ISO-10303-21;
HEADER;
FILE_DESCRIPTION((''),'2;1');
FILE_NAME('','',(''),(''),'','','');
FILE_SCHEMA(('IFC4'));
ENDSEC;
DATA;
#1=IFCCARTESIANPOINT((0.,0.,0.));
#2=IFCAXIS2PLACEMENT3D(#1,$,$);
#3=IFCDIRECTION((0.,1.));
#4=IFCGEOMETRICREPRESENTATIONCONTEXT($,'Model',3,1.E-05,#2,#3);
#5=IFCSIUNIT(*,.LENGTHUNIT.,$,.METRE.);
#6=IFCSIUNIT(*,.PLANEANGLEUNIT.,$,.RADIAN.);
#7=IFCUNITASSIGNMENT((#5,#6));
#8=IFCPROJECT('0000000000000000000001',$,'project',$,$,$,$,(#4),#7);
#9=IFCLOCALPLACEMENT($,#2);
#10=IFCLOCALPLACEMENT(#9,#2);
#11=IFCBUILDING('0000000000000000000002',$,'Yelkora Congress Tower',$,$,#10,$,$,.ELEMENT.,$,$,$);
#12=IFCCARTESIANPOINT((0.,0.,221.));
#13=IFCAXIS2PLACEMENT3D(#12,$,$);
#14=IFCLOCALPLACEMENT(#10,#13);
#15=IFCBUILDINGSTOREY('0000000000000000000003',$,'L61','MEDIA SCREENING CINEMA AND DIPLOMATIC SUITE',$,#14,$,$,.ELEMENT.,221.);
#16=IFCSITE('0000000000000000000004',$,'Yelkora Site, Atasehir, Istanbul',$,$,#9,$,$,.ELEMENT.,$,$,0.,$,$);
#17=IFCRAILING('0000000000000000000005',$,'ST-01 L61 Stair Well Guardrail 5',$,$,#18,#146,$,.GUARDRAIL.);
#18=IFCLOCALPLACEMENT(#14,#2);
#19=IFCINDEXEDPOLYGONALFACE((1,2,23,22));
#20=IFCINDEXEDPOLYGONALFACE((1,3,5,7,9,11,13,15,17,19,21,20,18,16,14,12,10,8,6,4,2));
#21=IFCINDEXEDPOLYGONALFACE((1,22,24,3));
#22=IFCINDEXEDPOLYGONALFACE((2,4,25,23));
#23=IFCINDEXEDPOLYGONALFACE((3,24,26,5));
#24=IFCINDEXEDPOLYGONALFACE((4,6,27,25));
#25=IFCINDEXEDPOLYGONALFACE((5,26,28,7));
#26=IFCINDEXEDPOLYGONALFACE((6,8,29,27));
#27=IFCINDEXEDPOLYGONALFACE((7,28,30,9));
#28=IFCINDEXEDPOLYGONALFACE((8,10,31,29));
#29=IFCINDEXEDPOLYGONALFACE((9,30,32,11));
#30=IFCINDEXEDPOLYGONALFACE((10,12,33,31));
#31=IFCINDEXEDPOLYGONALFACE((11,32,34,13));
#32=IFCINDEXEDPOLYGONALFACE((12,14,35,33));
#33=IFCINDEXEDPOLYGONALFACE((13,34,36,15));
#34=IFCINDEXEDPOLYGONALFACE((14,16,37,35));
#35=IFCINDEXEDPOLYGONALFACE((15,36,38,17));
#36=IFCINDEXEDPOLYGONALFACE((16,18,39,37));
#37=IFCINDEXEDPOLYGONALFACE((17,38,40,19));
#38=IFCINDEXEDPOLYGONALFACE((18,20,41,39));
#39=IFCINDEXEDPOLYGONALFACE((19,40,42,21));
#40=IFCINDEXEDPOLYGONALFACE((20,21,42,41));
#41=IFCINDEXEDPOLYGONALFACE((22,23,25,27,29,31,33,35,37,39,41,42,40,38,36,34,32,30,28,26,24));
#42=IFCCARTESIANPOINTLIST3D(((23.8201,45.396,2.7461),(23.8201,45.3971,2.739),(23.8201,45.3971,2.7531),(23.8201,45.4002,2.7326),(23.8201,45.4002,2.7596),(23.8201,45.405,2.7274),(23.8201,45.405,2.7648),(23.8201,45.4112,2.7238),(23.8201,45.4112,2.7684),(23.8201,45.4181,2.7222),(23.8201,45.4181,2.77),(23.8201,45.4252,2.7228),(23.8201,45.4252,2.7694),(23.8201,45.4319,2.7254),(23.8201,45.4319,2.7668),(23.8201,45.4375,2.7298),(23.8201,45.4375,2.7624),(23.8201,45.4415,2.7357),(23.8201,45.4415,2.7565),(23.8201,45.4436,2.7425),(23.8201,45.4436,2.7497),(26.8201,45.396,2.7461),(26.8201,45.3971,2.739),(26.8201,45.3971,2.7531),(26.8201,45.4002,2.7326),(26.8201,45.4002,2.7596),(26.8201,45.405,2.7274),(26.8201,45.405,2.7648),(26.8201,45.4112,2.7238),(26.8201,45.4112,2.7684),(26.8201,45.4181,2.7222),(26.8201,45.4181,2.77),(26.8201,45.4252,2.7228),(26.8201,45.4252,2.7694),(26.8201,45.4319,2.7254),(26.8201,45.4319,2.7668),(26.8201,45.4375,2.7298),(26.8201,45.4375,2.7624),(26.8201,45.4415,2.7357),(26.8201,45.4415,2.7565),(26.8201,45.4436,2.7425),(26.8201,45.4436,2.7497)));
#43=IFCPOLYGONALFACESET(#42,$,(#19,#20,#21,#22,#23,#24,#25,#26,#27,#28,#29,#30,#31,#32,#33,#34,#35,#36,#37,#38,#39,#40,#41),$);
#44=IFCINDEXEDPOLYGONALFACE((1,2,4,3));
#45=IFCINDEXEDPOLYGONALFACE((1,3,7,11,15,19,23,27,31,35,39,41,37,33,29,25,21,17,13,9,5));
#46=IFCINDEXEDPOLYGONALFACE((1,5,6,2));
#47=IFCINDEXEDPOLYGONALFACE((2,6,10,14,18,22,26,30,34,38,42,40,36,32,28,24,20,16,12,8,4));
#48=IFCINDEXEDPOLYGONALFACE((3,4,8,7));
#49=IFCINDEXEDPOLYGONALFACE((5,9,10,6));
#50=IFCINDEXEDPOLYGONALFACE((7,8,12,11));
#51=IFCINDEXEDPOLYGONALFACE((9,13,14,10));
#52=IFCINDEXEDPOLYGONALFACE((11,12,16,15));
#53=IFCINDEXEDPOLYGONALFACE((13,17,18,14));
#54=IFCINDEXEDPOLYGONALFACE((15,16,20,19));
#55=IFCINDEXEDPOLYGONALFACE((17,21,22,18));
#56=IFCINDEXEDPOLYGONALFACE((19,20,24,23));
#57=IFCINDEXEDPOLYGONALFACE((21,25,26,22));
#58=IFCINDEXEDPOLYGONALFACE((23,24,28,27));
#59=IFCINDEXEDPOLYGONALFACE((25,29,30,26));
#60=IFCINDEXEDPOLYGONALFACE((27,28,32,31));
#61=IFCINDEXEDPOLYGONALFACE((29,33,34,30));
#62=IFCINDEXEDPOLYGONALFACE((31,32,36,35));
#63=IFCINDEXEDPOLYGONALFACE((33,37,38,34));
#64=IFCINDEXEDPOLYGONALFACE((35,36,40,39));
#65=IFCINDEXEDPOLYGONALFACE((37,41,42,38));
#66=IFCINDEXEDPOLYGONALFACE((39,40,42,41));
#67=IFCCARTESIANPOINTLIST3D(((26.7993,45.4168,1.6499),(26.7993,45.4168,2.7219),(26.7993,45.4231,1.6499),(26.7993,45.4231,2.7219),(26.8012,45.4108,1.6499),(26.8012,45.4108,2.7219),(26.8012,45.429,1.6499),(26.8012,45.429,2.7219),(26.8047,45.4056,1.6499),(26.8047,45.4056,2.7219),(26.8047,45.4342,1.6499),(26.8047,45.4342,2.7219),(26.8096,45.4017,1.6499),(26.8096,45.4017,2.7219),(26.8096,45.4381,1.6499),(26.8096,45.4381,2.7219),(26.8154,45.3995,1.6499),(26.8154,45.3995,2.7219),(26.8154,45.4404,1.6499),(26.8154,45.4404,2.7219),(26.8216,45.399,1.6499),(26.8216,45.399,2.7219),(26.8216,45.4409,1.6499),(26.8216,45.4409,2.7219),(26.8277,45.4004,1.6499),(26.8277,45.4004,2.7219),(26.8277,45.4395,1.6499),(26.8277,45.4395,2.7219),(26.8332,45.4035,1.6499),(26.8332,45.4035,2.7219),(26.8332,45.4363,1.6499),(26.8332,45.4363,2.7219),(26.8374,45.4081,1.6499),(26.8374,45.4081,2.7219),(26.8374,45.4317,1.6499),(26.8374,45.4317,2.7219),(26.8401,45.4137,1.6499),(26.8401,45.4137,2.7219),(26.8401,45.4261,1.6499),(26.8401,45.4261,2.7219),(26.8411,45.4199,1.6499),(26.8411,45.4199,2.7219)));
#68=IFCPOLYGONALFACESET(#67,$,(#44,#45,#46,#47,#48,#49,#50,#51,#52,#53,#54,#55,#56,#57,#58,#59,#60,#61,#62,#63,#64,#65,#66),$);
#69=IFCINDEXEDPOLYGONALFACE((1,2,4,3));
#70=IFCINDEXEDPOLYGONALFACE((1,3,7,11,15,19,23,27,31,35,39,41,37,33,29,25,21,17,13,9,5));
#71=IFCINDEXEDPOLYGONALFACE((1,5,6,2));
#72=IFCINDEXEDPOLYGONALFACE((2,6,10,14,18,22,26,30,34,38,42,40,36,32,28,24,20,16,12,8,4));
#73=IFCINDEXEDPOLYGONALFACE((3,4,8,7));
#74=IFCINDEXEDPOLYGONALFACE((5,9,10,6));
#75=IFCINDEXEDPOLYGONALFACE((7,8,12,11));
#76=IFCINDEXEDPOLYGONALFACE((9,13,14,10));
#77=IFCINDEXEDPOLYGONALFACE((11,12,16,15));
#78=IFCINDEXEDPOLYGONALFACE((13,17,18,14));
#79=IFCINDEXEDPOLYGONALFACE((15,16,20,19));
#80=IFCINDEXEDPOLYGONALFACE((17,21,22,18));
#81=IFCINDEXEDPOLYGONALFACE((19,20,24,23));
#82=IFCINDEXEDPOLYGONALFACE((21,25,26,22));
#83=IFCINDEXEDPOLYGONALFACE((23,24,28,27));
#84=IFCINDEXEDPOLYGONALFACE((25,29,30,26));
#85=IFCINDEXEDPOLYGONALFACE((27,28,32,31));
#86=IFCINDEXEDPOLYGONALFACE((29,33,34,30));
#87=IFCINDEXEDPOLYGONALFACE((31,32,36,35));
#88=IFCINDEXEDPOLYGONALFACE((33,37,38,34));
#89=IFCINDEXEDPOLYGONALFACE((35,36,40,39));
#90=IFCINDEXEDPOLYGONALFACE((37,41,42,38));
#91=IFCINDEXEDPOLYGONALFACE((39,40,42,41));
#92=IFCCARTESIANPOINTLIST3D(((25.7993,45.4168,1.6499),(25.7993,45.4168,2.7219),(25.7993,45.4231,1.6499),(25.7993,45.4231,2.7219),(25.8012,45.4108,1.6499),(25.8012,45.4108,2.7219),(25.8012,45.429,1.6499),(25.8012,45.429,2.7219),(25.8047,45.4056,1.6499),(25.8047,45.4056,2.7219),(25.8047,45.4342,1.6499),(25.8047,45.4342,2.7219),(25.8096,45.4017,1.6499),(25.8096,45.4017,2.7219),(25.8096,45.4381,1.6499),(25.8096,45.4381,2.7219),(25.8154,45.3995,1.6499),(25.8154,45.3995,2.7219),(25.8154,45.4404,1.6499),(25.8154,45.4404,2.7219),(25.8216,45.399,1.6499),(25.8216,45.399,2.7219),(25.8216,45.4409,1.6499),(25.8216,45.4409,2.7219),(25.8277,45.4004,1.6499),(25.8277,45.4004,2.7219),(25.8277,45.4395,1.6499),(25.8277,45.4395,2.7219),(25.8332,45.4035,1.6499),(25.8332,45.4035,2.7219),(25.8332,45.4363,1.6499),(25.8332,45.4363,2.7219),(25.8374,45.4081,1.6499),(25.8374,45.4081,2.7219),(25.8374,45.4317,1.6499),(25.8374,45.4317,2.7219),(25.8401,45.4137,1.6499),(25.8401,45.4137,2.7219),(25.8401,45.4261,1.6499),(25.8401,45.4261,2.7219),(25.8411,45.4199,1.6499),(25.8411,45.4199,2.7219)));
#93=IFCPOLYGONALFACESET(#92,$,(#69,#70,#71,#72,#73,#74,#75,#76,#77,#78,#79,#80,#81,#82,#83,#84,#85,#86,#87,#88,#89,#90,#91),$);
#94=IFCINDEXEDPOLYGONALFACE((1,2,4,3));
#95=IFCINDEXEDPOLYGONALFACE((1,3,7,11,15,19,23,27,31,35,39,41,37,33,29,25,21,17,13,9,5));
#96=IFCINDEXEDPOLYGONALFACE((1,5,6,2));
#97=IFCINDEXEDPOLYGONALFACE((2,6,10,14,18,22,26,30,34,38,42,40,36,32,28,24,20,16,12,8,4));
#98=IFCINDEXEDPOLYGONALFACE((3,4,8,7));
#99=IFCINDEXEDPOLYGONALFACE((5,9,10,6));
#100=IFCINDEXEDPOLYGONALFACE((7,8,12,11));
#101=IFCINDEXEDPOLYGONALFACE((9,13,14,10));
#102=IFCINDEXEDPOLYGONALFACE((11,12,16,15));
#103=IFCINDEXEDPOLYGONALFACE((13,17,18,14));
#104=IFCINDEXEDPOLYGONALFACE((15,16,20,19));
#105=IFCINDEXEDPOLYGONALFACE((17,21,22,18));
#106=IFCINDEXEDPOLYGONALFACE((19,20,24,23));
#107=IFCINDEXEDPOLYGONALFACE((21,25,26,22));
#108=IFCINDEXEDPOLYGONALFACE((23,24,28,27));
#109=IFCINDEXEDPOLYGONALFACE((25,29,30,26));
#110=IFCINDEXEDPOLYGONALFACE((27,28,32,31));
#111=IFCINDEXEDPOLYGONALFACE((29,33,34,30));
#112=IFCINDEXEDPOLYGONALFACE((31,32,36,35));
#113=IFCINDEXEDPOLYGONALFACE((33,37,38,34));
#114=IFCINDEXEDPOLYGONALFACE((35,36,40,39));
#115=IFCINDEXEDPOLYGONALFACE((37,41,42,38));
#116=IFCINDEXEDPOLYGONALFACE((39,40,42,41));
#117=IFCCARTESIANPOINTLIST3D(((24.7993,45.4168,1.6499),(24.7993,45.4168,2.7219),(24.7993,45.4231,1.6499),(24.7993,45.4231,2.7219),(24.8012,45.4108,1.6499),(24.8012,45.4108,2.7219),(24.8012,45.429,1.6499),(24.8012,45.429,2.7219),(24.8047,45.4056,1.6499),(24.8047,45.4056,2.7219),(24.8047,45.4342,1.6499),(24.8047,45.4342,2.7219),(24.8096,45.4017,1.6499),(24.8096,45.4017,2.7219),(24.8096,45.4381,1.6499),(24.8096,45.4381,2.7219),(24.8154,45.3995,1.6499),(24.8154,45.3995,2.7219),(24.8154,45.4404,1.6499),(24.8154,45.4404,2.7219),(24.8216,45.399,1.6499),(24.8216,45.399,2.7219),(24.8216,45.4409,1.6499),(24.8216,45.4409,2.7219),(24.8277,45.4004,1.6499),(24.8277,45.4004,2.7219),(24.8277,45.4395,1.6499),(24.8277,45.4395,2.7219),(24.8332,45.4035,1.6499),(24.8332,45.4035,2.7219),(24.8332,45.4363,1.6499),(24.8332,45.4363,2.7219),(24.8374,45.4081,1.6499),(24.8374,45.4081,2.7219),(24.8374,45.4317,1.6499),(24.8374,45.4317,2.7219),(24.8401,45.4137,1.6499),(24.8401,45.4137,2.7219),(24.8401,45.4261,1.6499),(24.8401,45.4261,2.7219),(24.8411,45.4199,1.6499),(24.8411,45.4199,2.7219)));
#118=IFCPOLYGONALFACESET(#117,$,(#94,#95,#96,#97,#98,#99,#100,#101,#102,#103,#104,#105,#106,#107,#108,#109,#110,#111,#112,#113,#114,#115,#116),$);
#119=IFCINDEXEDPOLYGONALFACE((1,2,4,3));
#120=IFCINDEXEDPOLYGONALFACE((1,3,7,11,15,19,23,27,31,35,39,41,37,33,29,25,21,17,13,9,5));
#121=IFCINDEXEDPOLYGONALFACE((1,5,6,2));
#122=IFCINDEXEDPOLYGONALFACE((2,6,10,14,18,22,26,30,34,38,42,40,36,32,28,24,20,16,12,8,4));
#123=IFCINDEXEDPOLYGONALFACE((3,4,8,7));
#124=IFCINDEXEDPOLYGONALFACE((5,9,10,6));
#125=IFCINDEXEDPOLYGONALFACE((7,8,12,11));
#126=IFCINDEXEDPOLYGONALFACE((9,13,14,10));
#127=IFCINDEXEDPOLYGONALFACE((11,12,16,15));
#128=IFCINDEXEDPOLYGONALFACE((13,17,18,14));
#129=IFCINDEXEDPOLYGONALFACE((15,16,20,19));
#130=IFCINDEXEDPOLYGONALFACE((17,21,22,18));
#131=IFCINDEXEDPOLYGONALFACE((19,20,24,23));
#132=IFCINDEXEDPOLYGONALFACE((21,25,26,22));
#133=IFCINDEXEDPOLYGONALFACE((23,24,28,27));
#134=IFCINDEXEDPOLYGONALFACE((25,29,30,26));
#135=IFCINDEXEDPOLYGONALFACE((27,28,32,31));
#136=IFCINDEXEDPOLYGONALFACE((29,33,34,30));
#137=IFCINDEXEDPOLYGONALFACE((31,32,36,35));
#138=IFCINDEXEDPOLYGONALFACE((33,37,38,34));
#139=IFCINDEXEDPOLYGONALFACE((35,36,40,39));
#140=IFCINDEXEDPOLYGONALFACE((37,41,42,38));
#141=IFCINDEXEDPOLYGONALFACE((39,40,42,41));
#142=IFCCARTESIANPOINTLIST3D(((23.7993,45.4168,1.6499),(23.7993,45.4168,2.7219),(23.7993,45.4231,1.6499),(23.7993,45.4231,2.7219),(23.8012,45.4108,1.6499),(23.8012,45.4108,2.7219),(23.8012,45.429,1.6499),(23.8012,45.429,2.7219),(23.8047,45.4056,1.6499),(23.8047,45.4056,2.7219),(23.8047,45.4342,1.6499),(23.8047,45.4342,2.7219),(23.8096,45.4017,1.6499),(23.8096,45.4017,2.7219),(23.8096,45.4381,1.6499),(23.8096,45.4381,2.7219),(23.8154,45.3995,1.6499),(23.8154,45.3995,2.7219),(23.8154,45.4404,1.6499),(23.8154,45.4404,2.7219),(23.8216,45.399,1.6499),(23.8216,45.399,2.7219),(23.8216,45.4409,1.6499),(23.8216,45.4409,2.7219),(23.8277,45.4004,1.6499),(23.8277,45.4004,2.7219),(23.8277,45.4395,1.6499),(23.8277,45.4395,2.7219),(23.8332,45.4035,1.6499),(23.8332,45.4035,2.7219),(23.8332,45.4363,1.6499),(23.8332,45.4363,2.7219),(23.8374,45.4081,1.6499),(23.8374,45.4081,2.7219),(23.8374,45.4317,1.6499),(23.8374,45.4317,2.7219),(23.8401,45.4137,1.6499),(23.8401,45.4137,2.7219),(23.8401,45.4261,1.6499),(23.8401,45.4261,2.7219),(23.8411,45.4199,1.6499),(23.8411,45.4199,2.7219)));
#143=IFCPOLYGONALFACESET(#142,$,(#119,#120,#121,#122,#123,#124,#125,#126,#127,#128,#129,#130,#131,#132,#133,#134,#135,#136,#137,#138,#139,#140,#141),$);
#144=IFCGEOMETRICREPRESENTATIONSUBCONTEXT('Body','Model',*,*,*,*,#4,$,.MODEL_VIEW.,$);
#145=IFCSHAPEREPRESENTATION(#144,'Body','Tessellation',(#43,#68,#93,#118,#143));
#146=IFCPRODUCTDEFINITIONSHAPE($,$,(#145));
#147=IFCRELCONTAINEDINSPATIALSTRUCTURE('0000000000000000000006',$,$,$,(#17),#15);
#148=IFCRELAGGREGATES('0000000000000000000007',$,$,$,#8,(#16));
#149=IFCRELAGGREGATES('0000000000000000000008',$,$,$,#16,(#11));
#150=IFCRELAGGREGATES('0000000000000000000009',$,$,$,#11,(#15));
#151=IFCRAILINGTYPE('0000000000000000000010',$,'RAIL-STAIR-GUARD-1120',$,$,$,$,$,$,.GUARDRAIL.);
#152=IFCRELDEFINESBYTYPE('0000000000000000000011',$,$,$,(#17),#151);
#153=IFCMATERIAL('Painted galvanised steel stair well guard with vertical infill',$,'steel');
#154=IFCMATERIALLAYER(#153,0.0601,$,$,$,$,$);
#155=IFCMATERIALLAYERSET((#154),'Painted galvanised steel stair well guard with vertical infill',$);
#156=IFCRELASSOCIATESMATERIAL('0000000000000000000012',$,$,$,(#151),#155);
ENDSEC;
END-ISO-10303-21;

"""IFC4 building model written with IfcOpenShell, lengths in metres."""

from ifc_helpers import new_model, si_unit, direction, frame, origin, origin_2d, place, context, subcontext, project, spatial, circle, extrude, material, layer, layer_set, type_object, element, save


model = new_model("IFC4")

# Units and contexts
model_context = context("Model", 3, precision=1e-05, world=origin(), true_north=direction((0.0, 1.0)))
body_context = subcontext(model_context, "Body", "Model", "MODEL_VIEW")
ifc_project = project(units=[si_unit("LENGTHUNIT", "METRE"), si_unit("PLANEANGLEUNIT", "RADIAN")], contexts=[model_context])

# Site, building, storey
site_placement = place(None, origin())
site = spatial("IfcSite", under=ifc_project, at=site_placement, Name="Yelkora Site, Atasehir, Istanbul", CompositionType="ELEMENT", RefElevation=0.0)
building_placement = place(site_placement, origin())
building = spatial("IfcBuilding", under=site, at=building_placement, Name="Yelkora Congress Tower", CompositionType="ELEMENT")
storey_placement = place(building_placement, frame((0.0, 0.0, 221.0)))
storey = spatial("IfcBuildingStorey", under=building, at=storey_placement, Name="L61", Description="MEDIA SCREENING CINEMA AND DIPLOMATIC SUITE", CompositionType="ELEMENT", Elevation=221.0)

# Railing
ifc_material_1 = material(Name="Painted galvanised steel stair well guard with vertical infill", Category="steel")
ifc_layer_1 = layer(ifc_material_1, 0.0601)
ifc_layer_set_1 = layer_set([ifc_layer_1], Name="Painted galvanised steel stair well guard with vertical infill")
railing_type = type_object("IfcRailingType", Name="RAIL-STAIR-GUARD-1120", PredefinedType="GUARDRAIL", material=ifc_layer_set_1)
railing_1_placement = place(storey_placement, frame((26.8201, 45.4199, 1.6499)))
element("IfcRailing", 1, at=railing_1_placement, inside=storey, type_object=railing_type, Name="ST-01 L61 Stair Well Guardrail 5", PredefinedType="GUARDRAIL", context=body_context, shape_type="SweptSolid", body=[
    extrude(circle(Radius=0.0239, at=origin_2d()), frame((0.0, 0.0, 1.0962), z_axis=(-1.0, 0.0, 0.0), x_axis=(0.0, -1.0, 0.0)), (0.0, 0.0, 1.0), 3.0),
    extrude(circle(Radius=0.021, at=origin_2d()), origin(), (0.0, 0.0, 1.0), 1.072),
    extrude(circle(Radius=0.021, at=origin_2d()), frame((-1.0, 0.0, 0.0)), (0.0, 0.0, 1.0), 1.072),
    extrude(circle(Radius=0.021, at=origin_2d()), frame((-2.0, 0.0, 0.0)), (0.0, 0.0, 1.0), 1.072),
    extrude(circle(Radius=0.021, at=origin_2d()), frame((-3.0, 0.0, 0.0)), (0.0, 0.0, 1.0), 1.072),
])

save(model, "model.ifc")
